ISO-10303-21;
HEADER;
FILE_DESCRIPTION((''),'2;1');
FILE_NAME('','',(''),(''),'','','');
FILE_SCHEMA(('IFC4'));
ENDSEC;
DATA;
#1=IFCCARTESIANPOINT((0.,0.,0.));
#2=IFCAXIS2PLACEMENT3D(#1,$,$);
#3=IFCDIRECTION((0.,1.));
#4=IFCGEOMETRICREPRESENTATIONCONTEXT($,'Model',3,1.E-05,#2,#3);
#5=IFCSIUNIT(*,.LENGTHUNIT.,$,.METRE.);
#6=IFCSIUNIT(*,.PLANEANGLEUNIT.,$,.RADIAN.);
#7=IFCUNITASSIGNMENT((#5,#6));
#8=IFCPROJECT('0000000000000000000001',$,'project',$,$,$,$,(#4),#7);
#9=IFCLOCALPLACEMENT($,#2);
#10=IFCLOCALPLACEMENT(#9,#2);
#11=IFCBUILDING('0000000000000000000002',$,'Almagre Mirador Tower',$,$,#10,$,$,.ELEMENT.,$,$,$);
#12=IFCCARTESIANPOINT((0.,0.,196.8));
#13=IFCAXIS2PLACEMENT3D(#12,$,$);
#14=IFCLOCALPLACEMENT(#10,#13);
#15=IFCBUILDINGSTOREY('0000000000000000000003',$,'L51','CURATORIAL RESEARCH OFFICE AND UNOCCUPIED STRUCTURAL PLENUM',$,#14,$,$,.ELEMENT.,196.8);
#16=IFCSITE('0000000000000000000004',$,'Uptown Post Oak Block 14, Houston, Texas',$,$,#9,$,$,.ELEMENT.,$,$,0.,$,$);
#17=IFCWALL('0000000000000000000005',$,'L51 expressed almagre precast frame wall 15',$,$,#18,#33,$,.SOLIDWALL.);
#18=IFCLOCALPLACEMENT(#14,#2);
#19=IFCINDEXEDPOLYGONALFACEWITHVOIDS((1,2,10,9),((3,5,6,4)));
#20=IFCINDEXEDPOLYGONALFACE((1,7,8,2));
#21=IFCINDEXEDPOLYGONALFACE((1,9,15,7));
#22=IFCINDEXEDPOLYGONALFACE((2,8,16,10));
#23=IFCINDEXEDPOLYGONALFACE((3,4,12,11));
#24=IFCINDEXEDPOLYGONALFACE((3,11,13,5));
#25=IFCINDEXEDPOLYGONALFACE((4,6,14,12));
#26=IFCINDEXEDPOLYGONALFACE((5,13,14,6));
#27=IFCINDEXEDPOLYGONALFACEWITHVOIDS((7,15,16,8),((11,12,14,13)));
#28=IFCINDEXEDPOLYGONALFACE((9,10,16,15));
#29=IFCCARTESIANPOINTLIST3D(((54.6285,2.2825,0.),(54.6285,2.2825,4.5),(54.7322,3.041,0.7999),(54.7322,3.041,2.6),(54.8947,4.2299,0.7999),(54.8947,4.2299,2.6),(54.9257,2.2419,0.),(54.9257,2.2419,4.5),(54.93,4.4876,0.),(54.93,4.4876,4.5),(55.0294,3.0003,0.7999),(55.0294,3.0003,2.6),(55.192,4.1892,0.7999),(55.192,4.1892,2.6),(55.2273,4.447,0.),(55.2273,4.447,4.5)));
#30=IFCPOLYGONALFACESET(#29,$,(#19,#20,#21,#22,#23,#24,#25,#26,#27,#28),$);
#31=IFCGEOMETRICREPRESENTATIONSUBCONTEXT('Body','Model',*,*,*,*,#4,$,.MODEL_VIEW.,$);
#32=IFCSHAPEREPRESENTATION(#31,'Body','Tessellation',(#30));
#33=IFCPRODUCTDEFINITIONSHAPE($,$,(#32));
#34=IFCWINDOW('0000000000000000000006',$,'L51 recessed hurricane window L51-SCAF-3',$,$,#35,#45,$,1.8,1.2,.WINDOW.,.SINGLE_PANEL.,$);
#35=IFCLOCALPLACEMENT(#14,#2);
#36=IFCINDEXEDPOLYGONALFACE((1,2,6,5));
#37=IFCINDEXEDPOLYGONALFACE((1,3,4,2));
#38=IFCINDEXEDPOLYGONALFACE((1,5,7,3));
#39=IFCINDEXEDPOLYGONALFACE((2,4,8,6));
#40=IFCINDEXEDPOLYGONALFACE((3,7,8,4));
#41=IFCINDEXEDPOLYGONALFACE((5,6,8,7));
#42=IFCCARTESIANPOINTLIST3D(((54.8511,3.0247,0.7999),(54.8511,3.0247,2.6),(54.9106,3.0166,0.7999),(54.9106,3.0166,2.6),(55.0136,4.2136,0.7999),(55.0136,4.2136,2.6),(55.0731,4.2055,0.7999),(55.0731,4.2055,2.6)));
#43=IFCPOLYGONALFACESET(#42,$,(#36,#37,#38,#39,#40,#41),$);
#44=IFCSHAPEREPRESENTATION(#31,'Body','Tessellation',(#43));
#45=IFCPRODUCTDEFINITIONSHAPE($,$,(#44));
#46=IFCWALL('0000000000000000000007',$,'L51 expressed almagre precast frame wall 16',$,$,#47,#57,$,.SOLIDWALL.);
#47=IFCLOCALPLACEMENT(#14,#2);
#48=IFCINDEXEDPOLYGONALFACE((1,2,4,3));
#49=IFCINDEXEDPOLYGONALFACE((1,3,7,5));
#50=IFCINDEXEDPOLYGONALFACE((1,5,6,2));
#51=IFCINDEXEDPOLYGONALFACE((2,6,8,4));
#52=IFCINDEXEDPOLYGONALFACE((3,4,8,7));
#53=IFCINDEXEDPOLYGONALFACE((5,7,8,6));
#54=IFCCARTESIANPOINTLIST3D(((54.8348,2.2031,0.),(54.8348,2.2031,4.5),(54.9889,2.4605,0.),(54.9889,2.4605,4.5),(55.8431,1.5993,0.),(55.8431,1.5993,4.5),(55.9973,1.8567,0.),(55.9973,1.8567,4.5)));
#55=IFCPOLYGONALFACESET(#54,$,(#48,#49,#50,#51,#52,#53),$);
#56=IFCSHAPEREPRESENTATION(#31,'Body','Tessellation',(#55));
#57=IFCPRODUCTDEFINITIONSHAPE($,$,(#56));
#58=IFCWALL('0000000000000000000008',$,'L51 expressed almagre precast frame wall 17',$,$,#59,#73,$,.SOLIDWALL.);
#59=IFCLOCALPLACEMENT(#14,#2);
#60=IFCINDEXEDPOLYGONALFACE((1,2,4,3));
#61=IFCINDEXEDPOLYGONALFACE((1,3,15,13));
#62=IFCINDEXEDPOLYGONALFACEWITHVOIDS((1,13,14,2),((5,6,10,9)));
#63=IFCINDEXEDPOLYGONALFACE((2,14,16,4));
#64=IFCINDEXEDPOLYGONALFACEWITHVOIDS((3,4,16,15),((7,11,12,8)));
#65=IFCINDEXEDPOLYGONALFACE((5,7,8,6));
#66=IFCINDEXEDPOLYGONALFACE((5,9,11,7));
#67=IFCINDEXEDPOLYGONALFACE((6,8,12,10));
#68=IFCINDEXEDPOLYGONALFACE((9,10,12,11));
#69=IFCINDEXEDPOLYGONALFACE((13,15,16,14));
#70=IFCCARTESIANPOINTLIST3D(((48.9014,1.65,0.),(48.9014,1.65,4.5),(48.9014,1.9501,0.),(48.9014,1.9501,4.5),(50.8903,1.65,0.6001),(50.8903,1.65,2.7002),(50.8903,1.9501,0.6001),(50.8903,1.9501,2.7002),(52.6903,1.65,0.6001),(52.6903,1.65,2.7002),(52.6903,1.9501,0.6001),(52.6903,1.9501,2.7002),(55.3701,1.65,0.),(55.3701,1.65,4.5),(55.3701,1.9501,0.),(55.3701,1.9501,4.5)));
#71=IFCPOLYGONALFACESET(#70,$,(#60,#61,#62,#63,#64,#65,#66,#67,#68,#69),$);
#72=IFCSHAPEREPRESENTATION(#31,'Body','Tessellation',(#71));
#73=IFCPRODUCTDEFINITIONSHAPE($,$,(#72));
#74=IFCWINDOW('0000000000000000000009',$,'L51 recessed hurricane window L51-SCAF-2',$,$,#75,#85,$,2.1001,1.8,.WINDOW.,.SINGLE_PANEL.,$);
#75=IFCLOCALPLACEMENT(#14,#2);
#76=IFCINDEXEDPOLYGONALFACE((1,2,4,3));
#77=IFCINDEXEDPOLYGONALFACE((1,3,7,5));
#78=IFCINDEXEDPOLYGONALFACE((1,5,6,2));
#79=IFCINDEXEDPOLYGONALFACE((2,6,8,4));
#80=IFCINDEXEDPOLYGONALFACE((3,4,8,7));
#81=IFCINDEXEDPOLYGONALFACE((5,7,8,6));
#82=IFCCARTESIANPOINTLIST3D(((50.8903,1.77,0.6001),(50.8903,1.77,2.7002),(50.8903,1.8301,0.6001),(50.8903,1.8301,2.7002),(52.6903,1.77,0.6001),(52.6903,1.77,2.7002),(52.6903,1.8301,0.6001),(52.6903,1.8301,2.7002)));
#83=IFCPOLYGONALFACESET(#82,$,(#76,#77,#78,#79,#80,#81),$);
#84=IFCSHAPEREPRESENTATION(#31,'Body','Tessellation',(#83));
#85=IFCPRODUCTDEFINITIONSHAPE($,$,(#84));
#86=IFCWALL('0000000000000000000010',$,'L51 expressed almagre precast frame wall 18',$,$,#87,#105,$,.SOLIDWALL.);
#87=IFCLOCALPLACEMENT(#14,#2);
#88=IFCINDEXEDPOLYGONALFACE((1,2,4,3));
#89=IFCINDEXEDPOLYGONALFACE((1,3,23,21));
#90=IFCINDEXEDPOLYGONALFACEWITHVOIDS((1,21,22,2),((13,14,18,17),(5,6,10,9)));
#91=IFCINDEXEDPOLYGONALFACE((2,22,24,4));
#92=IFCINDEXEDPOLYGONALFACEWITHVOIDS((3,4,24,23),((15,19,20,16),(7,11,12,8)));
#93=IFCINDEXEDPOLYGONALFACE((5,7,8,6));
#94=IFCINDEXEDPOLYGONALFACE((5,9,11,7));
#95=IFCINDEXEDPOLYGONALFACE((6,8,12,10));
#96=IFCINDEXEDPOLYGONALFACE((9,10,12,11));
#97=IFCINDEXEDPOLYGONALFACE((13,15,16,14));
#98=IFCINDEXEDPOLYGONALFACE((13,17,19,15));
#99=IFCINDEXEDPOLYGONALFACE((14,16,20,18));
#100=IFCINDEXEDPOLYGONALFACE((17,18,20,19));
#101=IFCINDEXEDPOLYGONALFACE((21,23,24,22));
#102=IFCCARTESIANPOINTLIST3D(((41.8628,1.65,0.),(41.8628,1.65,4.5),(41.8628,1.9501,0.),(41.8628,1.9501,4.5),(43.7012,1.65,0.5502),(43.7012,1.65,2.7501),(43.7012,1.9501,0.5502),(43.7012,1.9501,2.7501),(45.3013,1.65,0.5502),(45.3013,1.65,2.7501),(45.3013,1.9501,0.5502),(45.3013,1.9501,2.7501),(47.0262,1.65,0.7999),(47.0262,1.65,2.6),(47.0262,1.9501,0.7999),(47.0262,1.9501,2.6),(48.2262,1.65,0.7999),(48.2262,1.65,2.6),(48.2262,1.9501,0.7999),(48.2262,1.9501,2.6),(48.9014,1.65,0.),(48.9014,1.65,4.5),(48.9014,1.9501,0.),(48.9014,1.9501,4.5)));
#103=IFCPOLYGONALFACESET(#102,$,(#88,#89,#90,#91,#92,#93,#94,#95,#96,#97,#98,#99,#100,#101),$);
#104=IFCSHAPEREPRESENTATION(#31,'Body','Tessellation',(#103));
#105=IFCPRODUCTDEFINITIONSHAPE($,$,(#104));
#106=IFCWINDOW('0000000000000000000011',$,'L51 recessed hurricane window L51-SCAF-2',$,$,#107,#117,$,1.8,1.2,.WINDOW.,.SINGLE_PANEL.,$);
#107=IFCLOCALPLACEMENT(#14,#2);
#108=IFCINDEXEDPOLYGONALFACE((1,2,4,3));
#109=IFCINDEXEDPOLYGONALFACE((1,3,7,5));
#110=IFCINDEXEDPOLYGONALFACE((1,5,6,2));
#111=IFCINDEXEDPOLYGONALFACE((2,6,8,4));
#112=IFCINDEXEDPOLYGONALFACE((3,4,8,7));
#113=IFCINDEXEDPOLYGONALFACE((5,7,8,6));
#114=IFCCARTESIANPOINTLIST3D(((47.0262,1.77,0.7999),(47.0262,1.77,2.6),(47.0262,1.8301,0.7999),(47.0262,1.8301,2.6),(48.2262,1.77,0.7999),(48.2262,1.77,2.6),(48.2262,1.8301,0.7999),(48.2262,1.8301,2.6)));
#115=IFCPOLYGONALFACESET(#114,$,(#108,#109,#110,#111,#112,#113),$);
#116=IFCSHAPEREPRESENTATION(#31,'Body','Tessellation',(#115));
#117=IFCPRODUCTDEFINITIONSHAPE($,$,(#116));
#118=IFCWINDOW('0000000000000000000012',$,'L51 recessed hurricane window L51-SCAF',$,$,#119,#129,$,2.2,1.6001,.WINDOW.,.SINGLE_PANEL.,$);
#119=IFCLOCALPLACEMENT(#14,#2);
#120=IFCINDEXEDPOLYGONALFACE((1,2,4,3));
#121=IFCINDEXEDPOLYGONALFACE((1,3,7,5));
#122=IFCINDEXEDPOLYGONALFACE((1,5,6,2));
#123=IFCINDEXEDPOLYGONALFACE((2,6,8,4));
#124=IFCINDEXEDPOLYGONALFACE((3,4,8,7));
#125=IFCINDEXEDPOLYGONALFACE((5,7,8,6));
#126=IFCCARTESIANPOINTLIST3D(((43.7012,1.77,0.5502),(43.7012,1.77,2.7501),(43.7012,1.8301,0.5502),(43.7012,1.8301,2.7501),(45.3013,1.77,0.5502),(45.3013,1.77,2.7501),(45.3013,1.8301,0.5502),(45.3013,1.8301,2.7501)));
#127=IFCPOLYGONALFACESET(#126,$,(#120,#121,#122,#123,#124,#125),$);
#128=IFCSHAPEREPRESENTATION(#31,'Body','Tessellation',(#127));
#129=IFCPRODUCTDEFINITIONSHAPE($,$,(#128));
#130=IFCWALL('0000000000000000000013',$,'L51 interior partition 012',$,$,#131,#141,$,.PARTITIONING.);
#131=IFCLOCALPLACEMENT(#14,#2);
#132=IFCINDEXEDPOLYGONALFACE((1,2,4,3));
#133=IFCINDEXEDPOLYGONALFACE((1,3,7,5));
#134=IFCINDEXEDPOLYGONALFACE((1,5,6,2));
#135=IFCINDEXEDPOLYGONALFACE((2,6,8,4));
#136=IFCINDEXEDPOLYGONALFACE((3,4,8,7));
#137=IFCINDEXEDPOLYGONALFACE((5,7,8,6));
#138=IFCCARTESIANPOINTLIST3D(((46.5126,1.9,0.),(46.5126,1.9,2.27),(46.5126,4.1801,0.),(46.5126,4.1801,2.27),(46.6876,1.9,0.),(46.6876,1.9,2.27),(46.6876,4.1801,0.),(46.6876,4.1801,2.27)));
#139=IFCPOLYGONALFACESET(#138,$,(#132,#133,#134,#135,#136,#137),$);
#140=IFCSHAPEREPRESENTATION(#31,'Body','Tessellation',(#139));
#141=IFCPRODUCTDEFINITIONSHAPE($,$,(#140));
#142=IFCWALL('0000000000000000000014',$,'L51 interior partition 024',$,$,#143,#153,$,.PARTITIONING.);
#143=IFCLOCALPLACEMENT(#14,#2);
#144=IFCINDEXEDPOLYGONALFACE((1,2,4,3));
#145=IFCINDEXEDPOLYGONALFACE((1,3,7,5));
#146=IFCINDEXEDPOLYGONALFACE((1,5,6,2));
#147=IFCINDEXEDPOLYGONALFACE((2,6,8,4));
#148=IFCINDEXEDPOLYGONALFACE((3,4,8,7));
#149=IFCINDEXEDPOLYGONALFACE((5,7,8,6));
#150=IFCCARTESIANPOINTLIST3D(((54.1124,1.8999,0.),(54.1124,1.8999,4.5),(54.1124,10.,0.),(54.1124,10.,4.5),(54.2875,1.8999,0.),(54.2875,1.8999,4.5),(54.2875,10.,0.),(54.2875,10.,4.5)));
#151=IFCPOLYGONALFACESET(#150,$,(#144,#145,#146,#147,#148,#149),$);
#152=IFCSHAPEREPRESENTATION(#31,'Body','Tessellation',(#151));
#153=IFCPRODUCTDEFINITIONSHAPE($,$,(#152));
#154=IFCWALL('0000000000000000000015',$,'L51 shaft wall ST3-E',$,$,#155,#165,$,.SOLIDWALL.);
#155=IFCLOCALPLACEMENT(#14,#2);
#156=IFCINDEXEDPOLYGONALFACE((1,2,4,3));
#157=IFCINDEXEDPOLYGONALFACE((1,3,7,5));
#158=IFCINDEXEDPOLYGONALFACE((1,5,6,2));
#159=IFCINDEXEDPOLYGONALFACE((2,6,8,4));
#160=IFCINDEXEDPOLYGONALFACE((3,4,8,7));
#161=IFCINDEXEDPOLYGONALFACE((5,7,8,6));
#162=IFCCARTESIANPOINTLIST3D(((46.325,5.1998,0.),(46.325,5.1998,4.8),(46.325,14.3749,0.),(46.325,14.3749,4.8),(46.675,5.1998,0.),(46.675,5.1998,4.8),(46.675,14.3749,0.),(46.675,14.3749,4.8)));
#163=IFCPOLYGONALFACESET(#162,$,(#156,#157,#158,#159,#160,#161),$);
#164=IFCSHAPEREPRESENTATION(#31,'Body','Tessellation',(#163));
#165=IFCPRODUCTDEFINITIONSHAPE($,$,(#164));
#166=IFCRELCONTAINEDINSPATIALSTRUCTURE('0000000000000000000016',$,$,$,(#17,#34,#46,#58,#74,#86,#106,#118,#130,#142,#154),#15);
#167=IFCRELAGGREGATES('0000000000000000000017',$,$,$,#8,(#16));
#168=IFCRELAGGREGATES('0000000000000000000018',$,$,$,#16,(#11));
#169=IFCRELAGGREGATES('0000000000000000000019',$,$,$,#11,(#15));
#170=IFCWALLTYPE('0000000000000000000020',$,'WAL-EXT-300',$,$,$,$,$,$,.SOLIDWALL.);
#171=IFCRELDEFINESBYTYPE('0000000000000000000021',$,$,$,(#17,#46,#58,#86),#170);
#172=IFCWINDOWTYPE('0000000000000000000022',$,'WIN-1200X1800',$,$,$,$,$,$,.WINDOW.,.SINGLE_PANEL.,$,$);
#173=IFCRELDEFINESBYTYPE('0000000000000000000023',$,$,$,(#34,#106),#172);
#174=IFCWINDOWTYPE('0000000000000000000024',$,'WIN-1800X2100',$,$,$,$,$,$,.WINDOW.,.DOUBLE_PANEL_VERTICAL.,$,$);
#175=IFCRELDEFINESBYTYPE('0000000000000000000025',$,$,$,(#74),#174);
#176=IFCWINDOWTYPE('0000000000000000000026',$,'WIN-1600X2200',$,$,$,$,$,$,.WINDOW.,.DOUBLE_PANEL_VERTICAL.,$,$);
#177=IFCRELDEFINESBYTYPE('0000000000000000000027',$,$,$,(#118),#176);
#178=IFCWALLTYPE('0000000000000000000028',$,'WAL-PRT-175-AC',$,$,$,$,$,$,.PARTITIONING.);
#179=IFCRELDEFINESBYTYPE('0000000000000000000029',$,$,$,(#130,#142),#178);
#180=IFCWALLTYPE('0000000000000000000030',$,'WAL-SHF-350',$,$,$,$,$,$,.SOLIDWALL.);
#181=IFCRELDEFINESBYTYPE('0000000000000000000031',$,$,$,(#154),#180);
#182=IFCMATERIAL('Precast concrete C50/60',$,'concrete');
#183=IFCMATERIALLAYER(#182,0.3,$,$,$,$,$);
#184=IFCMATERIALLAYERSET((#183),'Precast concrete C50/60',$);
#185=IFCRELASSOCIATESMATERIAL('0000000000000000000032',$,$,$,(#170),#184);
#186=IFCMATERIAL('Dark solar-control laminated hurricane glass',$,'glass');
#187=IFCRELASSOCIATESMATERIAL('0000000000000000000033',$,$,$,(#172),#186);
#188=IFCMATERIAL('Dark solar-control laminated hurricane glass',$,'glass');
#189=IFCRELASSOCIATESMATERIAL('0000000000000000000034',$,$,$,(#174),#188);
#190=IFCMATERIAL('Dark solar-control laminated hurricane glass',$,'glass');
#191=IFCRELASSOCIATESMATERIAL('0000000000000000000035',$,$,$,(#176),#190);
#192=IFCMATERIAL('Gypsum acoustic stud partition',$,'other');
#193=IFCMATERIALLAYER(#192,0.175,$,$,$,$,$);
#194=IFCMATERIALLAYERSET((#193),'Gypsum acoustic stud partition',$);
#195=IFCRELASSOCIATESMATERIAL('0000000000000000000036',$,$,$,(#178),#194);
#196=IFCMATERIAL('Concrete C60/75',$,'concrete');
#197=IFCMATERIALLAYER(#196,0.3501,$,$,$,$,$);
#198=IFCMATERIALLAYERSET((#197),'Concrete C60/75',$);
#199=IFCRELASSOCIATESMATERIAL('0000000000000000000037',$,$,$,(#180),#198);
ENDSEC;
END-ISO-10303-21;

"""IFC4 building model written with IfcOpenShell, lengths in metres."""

from ifc_helpers import new_model, si_unit, direction, frame, frame_2d, origin, place, context, subcontext, project, spatial, rectangle, extrude, material, layer, layer_set, type_object, element, fill, save


model = new_model("IFC4")

# Units and contexts
model_context = context("Model", 3, precision=1e-05, world=origin(), true_north=direction((0.0, 1.0)))
body_context = subcontext(model_context, "Body", "Model", "MODEL_VIEW")
ifc_project = project(units=[si_unit("LENGTHUNIT", "METRE"), si_unit("PLANEANGLEUNIT", "RADIAN")], contexts=[model_context])

# Site, building, storey
site_placement = place(None, origin())
site = spatial("IfcSite", under=ifc_project, at=site_placement, Name="Uptown Post Oak Block 14, Houston, Texas", CompositionType="ELEMENT", RefElevation=0.0)
building_placement = place(site_placement, origin())
building = spatial("IfcBuilding", under=site, at=building_placement, Name="Almagre Mirador Tower", CompositionType="ELEMENT")
storey_placement = place(building_placement, frame((0.0, 0.0, 196.8)))
storey = spatial("IfcBuildingStorey", under=building, at=storey_placement, Name="L51", Description="CURATORIAL RESEARCH OFFICE AND UNOCCUPIED STRUCTURAL PLENUM", CompositionType="ELEMENT", Elevation=196.8)

# Shared definitions
ifc_material_1 = material(Name="Precast concrete C50/60", Category="concrete")
ifc_layer_1 = layer(ifc_material_1, 0.3)
ifc_layer_set_1 = layer_set([ifc_layer_1], Name="Precast concrete C50/60")
wall_type_1 = type_object("IfcWallType", Name="WAL-EXT-300", PredefinedType="SOLIDWALL", material=ifc_layer_set_1)

# Wall, opening, window
wall_1_placement = place(storey_placement, frame((55.0786, 4.4673, 0.0), z_axis=(0.0, 0.0, 1.0), x_axis=(-0.135475, -0.990781, 0.0)))
wall_1 = element("IfcWall", 1, at=wall_1_placement, inside=storey, type_object=wall_type_1, Name="L51 expressed almagre precast frame wall 15", PredefinedType="SOLIDWALL", context=body_context, shape_type="SweptSolid", body=[
    extrude(rectangle(XDim=2.2256, YDim=0.3, at=frame_2d((1.1128, 0.0))), origin(), (0.0, 0.0, 1.0), 4.5),
])
opening_1_placement = place(wall_1_placement, frame((0.26, 0.0, 0.8)))
opening_1 = element("IfcOpeningElement", 2, at=opening_1_placement, cuts=wall_1, PredefinedType="OPENING", context=body_context, shape_type="SweptSolid", body=[
    extrude(rectangle(XDim=1.2, YDim=1.8, at=frame_2d((0.6001, 0.8999))), frame((0.0, 0.1599, 0.0), z_axis=(0.0, -1.0, 0.0), x_axis=(1.0, 0.0, 0.0)), (0.0, 0.0, 1.0), 0.32),
])
ifc_material_2 = material(Name="Dark solar-control laminated hurricane glass", Category="glass")
window_type_1 = type_object("IfcWindowType", Name="WIN-1200X1800", PartitioningType="SINGLE_PANEL", PredefinedType="WINDOW", material=ifc_material_2)
window_1_placement = place(opening_1_placement, origin())
window_1 = element("IfcWindow", 3, at=window_1_placement, inside=storey, type_object=window_type_1, Name="L51 recessed hurricane window L51-SCAF-3", OverallHeight=1.8, OverallWidth=1.2, PartitioningType="SINGLE_PANEL", PredefinedType="WINDOW", context=body_context, shape_type="SweptSolid", body=[
    extrude(rectangle(XDim=1.2, YDim=1.8, at=frame_2d((0.6001, 0.8999))), frame((0.0, 0.03, 0.0), z_axis=(0.0, -1.0, 0.0), x_axis=(1.0, 0.0, 0.0)), (0.0, 0.0, 1.0), 0.0601),
])
fill(opening_1, window_1)

# Wall
wall_2_placement = place(storey_placement, frame((54.9119, 2.3318, 0.0), z_axis=(0.0, 0.0, 1.0), x_axis=(0.857951, -0.513732, 0.0)))
element("IfcWall", 4, at=wall_2_placement, inside=storey, type_object=wall_type_1, Name="L51 expressed almagre precast frame wall 16", PredefinedType="SOLIDWALL", context=body_context, shape_type="SweptSolid", body=[
    extrude(rectangle(XDim=1.1753, YDim=0.3, at=frame_2d((0.5876, 0.0))), origin(), (0.0, 0.0, 1.0), 4.5),
])

# Wall, opening, window
wall_3_placement = place(storey_placement, frame((55.3701, 1.8, 0.0), z_axis=(0.0, 0.0, 1.0), x_axis=(-1.0, 0.0, 0.0)))
wall_3 = element("IfcWall", 5, at=wall_3_placement, inside=storey, type_object=wall_type_1, Name="L51 expressed almagre precast frame wall 17", PredefinedType="SOLIDWALL", context=body_context, shape_type="SweptSolid", body=[
    extrude(rectangle(XDim=6.4688, YDim=0.3, at=frame_2d((3.2344, 0.0))), origin(), (0.0, 0.0, 1.0), 4.5),
])
opening_2_placement = place(wall_3_placement, frame((2.6799, 0.0, 0.6001)))
opening_2 = element("IfcOpeningElement", 6, at=opening_2_placement, cuts=wall_3, PredefinedType="OPENING", context=body_context, shape_type="SweptSolid", body=[
    extrude(rectangle(XDim=1.8, YDim=2.1001, at=frame_2d((0.8999, 1.05))), frame((0.0, 0.1599, 0.0), z_axis=(0.0, -1.0, 0.0), x_axis=(1.0, 0.0, 0.0)), (0.0, 0.0, 1.0), 0.32),
])
ifc_material_3 = material(Name="Dark solar-control laminated hurricane glass", Category="glass")
window_type_2 = type_object("IfcWindowType", Name="WIN-1800X2100", PartitioningType="DOUBLE_PANEL_VERTICAL", PredefinedType="WINDOW", material=ifc_material_3)
window_2_placement = place(opening_2_placement, origin())
window_2 = element("IfcWindow", 7, at=window_2_placement, inside=storey, type_object=window_type_2, Name="L51 recessed hurricane window L51-SCAF-2", OverallHeight=2.1001, OverallWidth=1.8, PartitioningType="SINGLE_PANEL", PredefinedType="WINDOW", context=body_context, shape_type="SweptSolid", body=[
    extrude(rectangle(XDim=1.8, YDim=2.1001, at=frame_2d((0.8999, 1.05))), frame((0.0, 0.03, 0.0), z_axis=(0.0, -1.0, 0.0), x_axis=(1.0, 0.0, 0.0)), (0.0, 0.0, 1.0), 0.0601),
])
fill(opening_2, window_2)

# Wall, openings, windows
wall_4_placement = place(storey_placement, frame((48.9014, 1.8, 0.0), z_axis=(0.0, 0.0, 1.0), x_axis=(-1.0, 0.0, 0.0)))
wall_4 = element("IfcWall", 8, at=wall_4_placement, inside=storey, type_object=wall_type_1, Name="L51 expressed almagre precast frame wall 18", PredefinedType="SOLIDWALL", context=body_context, shape_type="SweptSolid", body=[
    extrude(rectangle(XDim=7.0386, YDim=0.3, at=frame_2d((3.5193, 0.0))), origin(), (0.0, 0.0, 1.0), 4.5),
])
opening_3_placement = place(wall_4_placement, frame((3.6001, 0.0, 0.55)))
opening_3 = element("IfcOpeningElement", 9, at=opening_3_placement, cuts=wall_4, PredefinedType="OPENING", context=body_context, shape_type="SweptSolid", body=[
    extrude(rectangle(XDim=1.6001, YDim=2.2, at=frame_2d((0.8, 1.1001))), frame((0.0, 0.1599, 0.0), z_axis=(0.0, -1.0, 0.0), x_axis=(1.0, 0.0, 0.0)), (0.0, 0.0, 1.0), 0.32),
])
opening_4_placement = place(wall_4_placement, frame((0.675, 0.0, 0.8)))
opening_4 = element("IfcOpeningElement", 10, at=opening_4_placement, cuts=wall_4, PredefinedType="OPENING", context=body_context, shape_type="SweptSolid", body=[
    extrude(rectangle(XDim=1.2, YDim=1.8, at=frame_2d((0.6001, 0.8999))), frame((0.0, 0.1599, 0.0), z_axis=(0.0, -1.0, 0.0), x_axis=(1.0, 0.0, 0.0)), (0.0, 0.0, 1.0), 0.32),
])
window_3_placement = place(opening_4_placement, origin())
window_3 = element("IfcWindow", 11, at=window_3_placement, inside=storey, type_object=window_type_1, Name="L51 recessed hurricane window L51-SCAF-2", OverallHeight=1.8, OverallWidth=1.2, PartitioningType="SINGLE_PANEL", PredefinedType="WINDOW", context=body_context, shape_type="SweptSolid", body=[
    extrude(rectangle(XDim=1.2, YDim=1.8, at=frame_2d((0.6001, 0.8999))), frame((0.0, 0.03, 0.0), z_axis=(0.0, -1.0, 0.0), x_axis=(1.0, 0.0, 0.0)), (0.0, 0.0, 1.0), 0.0601),
])
fill(opening_4, window_3)
ifc_material_4 = material(Name="Dark solar-control laminated hurricane glass", Category="glass")
window_type_3 = type_object("IfcWindowType", Name="WIN-1600X2200", PartitioningType="DOUBLE_PANEL_VERTICAL", PredefinedType="WINDOW", material=ifc_material_4)
window_4_placement = place(opening_3_placement, origin())
window_4 = element("IfcWindow", 12, at=window_4_placement, inside=storey, type_object=window_type_3, Name="L51 recessed hurricane window L51-SCAF", OverallHeight=2.2, OverallWidth=1.6001, PartitioningType="SINGLE_PANEL", PredefinedType="WINDOW", context=body_context, shape_type="SweptSolid", body=[
    extrude(rectangle(XDim=1.6001, YDim=2.2, at=frame_2d((0.8, 1.1001))), frame((0.0, 0.03, 0.0), z_axis=(0.0, -1.0, 0.0), x_axis=(1.0, 0.0, 0.0)), (0.0, 0.0, 1.0), 0.0601),
])
fill(opening_3, window_4)

# Walls
ifc_material_5 = material(Name="Gypsum acoustic stud partition", Category="other")
ifc_layer_2 = layer(ifc_material_5, 0.175)
ifc_layer_set_2 = layer_set([ifc_layer_2], Name="Gypsum acoustic stud partition")
wall_type_2 = type_object("IfcWallType", Name="WAL-PRT-175-AC", PredefinedType="PARTITIONING", material=ifc_layer_set_2)
wall_5_placement = place(storey_placement, frame((46.6001, 1.8999, 0.0), z_axis=(0.0, 0.0, 1.0), x_axis=(0.0, 1.0, 0.0)))
element("IfcWall", 13, at=wall_5_placement, inside=storey, type_object=wall_type_2, Name="L51 interior partition 012", PredefinedType="PARTITIONING", context=body_context, shape_type="SweptSolid", body=[
    extrude(rectangle(XDim=2.28, YDim=0.175, at=frame_2d((1.1401, 0.0))), origin(), (0.0, 0.0, 1.0), 2.27),
])
wall_6_placement = place(storey_placement, frame((54.2, 1.8999, 0.0), z_axis=(0.0, 0.0, 1.0), x_axis=(0.0, 1.0, 0.0)))
element("IfcWall", 14, at=wall_6_placement, inside=storey, type_object=wall_type_2, Name="L51 interior partition 024", PredefinedType="PARTITIONING", context=body_context, shape_type="SweptSolid", body=[
    extrude(rectangle(XDim=8.1001, YDim=0.175, at=frame_2d((4.05, 0.0))), origin(), (0.0, 0.0, 1.0), 4.5),
])
ifc_material_6 = material(Name="Concrete C60/75", Category="concrete")
ifc_layer_3 = layer(ifc_material_6, 0.3501)
ifc_layer_set_3 = layer_set([ifc_layer_3], Name="Concrete C60/75")
wall_type_3 = type_object("IfcWallType", Name="WAL-SHF-350", PredefinedType="SOLIDWALL", material=ifc_layer_set_3)
wall_7_placement = place(storey_placement, frame((46.5, 5.2, 0.0), z_axis=(0.0, 0.0, 1.0), x_axis=(0.0, 1.0, 0.0)))
element("IfcWall", 15, at=wall_7_placement, inside=storey, type_object=wall_type_3, Name="L51 shaft wall ST3-E", PredefinedType="SOLIDWALL", context=body_context, shape_type="SweptSolid", body=[
    extrude(rectangle(XDim=9.175, YDim=0.3501, at=frame_2d((4.5874, 0.0))), origin(), (0.0, 0.0, 1.0), 4.8),
])

save(model, "model.ifc")
